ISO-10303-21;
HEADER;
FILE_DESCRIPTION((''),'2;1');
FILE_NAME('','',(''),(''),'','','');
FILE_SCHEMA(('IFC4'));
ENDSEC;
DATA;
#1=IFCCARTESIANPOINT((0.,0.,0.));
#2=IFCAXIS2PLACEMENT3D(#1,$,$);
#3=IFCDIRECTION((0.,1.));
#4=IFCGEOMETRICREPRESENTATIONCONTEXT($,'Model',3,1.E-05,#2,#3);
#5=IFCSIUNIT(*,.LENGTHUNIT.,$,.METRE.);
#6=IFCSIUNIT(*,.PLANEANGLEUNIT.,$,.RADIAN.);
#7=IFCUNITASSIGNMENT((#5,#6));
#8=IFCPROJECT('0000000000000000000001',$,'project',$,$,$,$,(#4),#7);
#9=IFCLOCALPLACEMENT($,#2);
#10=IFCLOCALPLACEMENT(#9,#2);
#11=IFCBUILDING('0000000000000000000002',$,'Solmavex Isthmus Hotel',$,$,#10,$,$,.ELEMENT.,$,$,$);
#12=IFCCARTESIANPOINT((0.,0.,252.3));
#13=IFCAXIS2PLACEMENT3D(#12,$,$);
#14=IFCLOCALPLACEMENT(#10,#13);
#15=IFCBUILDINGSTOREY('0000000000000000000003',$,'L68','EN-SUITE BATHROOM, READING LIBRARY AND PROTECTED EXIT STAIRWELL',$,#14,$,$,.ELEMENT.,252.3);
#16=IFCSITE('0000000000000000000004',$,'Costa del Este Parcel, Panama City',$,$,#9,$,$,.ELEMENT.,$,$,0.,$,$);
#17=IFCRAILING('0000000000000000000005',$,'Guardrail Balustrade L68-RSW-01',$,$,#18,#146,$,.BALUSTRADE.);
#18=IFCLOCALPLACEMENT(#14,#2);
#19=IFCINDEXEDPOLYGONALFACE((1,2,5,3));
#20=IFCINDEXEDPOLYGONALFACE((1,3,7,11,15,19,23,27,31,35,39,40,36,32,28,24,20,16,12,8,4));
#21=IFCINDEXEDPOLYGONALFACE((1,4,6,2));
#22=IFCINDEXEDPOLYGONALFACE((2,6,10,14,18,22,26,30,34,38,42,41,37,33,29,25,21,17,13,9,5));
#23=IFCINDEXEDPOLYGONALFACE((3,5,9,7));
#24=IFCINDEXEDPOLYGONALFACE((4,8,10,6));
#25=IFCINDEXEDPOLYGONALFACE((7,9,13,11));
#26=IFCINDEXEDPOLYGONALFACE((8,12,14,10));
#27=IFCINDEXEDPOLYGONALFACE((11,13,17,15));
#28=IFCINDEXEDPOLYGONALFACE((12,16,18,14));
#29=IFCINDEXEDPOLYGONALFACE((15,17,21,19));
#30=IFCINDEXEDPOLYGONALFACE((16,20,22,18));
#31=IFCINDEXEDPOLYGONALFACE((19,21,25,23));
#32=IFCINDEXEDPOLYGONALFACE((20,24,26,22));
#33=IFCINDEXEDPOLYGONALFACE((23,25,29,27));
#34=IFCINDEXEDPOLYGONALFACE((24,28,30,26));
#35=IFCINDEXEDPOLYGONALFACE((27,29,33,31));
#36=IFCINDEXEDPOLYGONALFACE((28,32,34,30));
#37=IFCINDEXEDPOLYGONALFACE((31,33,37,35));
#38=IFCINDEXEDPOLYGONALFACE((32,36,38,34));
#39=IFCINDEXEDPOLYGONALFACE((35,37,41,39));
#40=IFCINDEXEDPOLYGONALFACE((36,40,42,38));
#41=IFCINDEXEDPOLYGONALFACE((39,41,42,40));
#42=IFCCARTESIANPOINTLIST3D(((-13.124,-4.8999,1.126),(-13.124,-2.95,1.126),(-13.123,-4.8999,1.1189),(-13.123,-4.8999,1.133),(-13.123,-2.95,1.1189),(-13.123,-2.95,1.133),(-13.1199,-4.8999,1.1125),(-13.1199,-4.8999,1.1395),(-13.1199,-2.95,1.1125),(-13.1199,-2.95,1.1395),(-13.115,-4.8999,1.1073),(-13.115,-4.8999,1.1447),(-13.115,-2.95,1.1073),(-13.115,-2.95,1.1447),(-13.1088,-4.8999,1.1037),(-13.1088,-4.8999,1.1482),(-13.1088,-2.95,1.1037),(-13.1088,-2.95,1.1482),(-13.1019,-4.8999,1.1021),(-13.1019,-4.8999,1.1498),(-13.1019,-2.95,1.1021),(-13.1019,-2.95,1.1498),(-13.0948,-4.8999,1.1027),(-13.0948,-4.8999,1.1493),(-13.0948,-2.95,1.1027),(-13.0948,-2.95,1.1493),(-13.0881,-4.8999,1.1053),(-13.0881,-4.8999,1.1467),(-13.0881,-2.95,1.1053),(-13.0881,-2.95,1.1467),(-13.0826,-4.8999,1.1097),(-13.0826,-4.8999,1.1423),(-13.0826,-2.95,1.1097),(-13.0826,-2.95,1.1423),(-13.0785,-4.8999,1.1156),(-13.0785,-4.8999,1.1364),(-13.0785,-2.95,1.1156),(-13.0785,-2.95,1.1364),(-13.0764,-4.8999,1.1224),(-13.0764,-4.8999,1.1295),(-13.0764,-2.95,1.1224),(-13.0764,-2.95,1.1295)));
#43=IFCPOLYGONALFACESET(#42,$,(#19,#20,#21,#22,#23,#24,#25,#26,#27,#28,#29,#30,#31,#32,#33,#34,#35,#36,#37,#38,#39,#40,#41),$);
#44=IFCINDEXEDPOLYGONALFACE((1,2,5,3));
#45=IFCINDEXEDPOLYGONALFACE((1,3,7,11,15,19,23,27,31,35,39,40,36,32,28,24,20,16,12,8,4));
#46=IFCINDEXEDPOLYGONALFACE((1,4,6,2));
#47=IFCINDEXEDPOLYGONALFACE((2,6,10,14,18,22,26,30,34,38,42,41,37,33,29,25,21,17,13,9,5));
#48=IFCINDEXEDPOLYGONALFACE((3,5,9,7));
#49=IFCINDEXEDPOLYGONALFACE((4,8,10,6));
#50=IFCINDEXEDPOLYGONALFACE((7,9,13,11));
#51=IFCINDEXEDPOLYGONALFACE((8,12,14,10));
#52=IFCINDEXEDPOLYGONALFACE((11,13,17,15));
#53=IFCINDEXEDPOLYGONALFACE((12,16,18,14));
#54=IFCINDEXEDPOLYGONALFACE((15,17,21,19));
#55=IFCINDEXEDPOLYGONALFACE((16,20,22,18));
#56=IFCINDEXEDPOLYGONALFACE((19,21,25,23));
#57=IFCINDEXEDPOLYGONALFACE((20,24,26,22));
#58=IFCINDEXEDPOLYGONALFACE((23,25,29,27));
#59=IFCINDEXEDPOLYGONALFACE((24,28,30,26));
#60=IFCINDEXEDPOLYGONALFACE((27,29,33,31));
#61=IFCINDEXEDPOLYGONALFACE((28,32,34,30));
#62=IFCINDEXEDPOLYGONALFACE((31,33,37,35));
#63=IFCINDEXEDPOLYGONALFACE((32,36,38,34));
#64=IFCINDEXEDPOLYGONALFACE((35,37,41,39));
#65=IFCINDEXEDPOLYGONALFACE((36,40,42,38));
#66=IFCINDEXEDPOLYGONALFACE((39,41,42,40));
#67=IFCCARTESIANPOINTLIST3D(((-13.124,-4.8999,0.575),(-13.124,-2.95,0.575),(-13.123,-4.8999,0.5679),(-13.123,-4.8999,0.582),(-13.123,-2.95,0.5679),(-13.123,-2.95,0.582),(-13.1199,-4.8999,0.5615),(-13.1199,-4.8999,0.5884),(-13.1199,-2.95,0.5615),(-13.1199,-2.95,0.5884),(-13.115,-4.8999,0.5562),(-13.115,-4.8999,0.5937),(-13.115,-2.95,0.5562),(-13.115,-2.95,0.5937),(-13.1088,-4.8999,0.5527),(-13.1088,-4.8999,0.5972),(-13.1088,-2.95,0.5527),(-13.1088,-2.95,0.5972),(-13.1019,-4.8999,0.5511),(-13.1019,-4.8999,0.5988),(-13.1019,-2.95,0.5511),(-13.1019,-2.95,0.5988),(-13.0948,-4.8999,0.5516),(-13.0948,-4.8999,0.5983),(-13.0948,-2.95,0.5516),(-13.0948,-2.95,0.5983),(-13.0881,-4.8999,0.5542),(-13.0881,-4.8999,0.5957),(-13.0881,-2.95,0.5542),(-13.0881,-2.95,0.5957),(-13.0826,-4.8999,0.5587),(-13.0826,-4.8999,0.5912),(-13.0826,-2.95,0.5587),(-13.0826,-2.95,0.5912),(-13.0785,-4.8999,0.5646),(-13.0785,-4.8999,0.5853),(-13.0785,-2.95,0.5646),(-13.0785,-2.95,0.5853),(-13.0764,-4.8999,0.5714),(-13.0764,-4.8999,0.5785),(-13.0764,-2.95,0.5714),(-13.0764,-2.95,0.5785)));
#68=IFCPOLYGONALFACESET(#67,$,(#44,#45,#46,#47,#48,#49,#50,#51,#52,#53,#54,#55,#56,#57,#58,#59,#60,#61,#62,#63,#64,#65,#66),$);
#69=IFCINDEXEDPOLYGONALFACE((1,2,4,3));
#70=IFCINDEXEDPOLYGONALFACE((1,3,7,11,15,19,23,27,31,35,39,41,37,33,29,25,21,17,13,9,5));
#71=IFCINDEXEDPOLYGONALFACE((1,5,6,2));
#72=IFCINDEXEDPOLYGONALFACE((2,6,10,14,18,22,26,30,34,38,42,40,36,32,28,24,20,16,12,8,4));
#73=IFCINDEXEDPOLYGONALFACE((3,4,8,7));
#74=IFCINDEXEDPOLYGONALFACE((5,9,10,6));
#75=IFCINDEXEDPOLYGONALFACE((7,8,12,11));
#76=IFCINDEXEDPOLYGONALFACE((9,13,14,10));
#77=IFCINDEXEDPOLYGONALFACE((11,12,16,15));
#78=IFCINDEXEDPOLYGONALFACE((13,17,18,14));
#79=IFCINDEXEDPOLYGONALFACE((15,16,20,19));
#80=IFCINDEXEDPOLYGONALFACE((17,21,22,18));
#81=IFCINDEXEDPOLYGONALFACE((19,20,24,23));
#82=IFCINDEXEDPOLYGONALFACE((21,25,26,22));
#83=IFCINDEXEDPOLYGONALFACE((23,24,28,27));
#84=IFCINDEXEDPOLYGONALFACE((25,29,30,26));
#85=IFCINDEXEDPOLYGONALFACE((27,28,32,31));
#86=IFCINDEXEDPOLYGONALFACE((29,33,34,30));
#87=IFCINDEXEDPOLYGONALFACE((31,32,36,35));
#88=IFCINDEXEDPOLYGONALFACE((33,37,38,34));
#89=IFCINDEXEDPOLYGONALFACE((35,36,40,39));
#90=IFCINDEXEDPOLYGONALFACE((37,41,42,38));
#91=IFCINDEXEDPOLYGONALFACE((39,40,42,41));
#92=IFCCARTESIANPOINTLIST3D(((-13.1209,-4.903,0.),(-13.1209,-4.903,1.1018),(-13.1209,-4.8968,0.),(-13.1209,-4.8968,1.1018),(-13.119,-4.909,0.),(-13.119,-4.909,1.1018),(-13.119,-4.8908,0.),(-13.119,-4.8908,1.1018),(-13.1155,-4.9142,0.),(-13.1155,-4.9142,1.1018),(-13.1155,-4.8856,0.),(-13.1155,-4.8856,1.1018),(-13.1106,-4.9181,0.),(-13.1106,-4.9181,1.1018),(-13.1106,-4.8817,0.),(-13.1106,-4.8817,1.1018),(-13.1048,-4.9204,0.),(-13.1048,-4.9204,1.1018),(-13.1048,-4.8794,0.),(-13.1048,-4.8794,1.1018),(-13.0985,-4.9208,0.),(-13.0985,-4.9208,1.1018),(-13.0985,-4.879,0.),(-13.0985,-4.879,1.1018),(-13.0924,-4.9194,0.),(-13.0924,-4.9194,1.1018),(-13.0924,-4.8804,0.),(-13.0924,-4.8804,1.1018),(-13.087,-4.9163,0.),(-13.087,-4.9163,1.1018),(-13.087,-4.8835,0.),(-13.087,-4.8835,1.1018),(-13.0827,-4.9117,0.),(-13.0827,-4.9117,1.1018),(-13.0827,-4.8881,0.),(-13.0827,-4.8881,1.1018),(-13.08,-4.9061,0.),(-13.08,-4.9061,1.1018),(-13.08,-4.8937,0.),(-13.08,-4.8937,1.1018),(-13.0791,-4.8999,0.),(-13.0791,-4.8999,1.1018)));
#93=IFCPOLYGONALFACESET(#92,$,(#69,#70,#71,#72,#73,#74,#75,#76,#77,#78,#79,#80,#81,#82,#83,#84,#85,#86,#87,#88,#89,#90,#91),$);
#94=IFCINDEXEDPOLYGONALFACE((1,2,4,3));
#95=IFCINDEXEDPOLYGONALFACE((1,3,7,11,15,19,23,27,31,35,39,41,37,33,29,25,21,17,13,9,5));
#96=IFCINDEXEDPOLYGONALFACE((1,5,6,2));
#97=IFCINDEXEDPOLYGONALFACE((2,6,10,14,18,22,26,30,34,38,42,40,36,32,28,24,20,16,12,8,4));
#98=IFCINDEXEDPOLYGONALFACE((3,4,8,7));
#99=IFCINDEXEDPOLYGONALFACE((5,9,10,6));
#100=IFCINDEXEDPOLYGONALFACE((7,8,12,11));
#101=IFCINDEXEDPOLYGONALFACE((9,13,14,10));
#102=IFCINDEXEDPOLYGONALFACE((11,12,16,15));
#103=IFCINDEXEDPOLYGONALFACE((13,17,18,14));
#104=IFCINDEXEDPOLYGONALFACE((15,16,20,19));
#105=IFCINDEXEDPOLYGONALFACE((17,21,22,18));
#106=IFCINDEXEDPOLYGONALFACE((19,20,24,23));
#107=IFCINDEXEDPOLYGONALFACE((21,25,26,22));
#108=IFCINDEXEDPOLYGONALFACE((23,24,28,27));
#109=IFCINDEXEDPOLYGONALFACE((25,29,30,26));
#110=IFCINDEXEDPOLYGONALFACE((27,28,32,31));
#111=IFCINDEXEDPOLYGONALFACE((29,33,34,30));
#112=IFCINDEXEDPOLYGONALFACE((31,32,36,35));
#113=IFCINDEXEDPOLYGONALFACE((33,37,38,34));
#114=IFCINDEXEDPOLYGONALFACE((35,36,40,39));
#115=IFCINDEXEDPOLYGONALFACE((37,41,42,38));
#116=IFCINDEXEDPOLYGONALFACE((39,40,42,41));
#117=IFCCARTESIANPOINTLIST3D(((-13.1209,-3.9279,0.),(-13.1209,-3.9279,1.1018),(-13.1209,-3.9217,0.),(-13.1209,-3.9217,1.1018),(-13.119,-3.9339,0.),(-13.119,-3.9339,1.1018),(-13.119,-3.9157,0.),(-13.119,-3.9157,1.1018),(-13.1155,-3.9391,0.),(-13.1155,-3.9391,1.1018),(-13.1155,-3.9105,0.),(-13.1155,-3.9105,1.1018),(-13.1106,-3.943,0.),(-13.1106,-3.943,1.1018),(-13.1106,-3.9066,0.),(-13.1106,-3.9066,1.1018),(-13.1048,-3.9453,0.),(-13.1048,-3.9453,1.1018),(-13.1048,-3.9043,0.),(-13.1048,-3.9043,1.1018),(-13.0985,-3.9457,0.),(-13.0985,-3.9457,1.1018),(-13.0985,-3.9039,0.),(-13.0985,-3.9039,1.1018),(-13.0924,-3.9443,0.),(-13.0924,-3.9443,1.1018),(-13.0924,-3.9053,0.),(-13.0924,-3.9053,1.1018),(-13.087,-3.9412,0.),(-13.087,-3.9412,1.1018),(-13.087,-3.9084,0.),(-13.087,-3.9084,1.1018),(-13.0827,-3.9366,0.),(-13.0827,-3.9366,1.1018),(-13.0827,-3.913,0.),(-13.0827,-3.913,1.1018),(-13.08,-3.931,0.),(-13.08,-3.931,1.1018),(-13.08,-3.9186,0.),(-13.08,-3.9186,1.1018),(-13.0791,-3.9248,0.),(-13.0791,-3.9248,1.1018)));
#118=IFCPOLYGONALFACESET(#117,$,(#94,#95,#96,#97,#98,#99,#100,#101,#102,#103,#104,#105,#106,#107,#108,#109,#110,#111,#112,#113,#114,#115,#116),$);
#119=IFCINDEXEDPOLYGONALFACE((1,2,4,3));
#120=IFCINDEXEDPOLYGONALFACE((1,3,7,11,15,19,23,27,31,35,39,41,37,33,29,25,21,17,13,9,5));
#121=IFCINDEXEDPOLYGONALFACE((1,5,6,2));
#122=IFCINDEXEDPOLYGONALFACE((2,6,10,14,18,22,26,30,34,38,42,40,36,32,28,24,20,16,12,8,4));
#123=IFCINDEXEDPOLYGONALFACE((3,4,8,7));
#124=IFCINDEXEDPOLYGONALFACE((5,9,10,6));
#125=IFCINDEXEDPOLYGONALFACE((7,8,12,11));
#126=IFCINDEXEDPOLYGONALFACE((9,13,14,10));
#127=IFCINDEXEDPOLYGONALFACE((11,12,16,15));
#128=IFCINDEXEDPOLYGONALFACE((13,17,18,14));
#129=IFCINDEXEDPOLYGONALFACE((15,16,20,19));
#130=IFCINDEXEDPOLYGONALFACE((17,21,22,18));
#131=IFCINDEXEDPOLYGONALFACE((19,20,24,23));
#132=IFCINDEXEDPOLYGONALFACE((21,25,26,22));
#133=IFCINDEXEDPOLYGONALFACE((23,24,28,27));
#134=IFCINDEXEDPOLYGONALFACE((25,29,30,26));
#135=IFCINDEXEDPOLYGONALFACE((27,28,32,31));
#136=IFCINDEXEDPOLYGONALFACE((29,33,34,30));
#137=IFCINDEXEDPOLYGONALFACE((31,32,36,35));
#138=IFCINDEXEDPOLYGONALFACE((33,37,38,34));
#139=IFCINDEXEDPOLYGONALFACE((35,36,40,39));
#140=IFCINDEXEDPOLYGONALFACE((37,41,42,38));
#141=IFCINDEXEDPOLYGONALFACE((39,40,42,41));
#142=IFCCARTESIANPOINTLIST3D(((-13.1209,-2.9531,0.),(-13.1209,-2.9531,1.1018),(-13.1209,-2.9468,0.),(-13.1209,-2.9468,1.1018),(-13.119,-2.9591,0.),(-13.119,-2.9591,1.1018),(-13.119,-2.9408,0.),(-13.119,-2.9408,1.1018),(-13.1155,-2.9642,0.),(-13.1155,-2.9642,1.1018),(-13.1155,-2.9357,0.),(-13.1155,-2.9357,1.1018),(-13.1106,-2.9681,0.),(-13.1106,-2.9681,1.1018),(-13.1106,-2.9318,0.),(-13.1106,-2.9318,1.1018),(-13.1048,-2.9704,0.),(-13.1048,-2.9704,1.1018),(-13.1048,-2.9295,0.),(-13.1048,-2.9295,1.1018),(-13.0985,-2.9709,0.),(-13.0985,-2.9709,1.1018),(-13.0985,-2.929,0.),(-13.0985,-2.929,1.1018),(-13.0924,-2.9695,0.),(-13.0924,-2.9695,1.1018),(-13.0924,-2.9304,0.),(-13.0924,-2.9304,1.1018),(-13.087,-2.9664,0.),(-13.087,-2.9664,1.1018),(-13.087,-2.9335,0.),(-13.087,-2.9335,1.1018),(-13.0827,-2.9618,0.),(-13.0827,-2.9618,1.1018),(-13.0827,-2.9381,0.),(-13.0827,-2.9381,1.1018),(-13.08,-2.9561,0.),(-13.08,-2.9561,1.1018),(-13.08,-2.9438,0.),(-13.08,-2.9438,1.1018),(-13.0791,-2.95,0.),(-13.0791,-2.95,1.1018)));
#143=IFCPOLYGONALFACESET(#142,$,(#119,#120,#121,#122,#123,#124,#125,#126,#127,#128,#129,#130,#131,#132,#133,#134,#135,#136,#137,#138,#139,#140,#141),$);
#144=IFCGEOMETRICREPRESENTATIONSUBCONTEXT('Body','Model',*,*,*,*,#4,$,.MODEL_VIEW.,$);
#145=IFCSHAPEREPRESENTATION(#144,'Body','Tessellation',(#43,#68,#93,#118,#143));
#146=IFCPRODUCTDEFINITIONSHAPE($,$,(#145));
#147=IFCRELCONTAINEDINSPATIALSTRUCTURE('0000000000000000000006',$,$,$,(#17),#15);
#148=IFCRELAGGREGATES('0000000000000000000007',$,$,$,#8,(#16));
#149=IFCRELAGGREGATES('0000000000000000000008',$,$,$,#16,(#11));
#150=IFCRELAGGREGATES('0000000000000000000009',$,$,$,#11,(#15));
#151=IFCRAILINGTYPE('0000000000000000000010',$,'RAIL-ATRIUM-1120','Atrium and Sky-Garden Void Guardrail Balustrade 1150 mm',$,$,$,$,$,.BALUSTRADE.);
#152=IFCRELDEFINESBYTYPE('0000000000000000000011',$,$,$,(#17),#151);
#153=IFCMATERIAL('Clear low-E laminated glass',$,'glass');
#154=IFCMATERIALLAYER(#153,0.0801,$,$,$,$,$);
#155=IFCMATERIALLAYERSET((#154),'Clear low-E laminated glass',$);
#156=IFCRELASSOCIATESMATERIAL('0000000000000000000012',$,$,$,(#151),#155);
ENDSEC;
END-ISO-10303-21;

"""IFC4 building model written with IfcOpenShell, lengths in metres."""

from ifc_helpers import new_model, si_unit, direction, frame, origin, origin_2d, place, context, subcontext, project, spatial, circle, extrude, material, layer, layer_set, type_object, element, save


model = new_model("IFC4")

# Units and contexts
model_context = context("Model", 3, precision=1e-05, world=origin(), true_north=direction((0.0, 1.0)))
body_context = subcontext(model_context, "Body", "Model", "MODEL_VIEW")
ifc_project = project(units=[si_unit("LENGTHUNIT", "METRE"), si_unit("PLANEANGLEUNIT", "RADIAN")], contexts=[model_context])

# Site, building, storey
site_placement = place(None, origin())
site = spatial("IfcSite", under=ifc_project, at=site_placement, Name="Costa del Este Parcel, Panama City", CompositionType="ELEMENT", RefElevation=0.0)
building_placement = place(site_placement, origin())
building = spatial("IfcBuilding", under=site, at=building_placement, Name="Solmavex Isthmus Hotel", CompositionType="ELEMENT")
storey_placement = place(building_placement, frame((0.0, 0.0, 252.3)))
storey = spatial("IfcBuildingStorey", under=building, at=storey_placement, Name="L68", Description="EN-SUITE BATHROOM, READING LIBRARY AND PROTECTED EXIT STAIRWELL", CompositionType="ELEMENT", Elevation=252.3)

# Railing
ifc_material_1 = material(Name="Clear low-E laminated glass", Category="glass")
ifc_layer_1 = layer(ifc_material_1, 0.0801)
ifc_layer_set_1 = layer_set([ifc_layer_1], Name="Clear low-E laminated glass")
railing_type_1 = type_object("IfcRailingType", Name="RAIL-ATRIUM-1120", Description="Atrium and Sky-Garden Void Guardrail Balustrade 1150 mm", PredefinedType="BALUSTRADE", material=ifc_layer_set_1)
railing_1_placement = place(storey_placement, frame((-13.1001, -4.8999, 0.0)))
element("IfcRailing", 1, at=railing_1_placement, inside=storey, type_object=railing_type_1, Name="Guardrail Balustrade L68-RSW-01", PredefinedType="BALUSTRADE", context=body_context, shape_type="SweptSolid", body=[
    extrude(circle(Radius=0.0239, at=origin_2d()), frame((0.0, 0.0, 1.126), z_axis=(0.0, 1.0, 0.0), x_axis=(-1.0, 0.0, 0.0)), (0.0, 0.0, 1.0), 1.95),
    extrude(circle(Radius=0.0239, at=origin_2d()), frame((0.0, 0.0, 0.575), z_axis=(0.0, 1.0, 0.0), x_axis=(-1.0, 0.0, 0.0)), (0.0, 0.0, 1.0), 1.95),
    extrude(circle(Radius=0.021, at=origin_2d()), origin(), (0.0, 0.0, 1.0), 1.1018),
    extrude(circle(Radius=0.021, at=origin_2d()), frame((0.0, 0.9751, 0.0)), (0.0, 0.0, 1.0), 1.1018),
    extrude(circle(Radius=0.021, at=origin_2d()), frame((0.0, 1.95, 0.0)), (0.0, 0.0, 1.0), 1.1018),
])

save(model, "model.ifc")
